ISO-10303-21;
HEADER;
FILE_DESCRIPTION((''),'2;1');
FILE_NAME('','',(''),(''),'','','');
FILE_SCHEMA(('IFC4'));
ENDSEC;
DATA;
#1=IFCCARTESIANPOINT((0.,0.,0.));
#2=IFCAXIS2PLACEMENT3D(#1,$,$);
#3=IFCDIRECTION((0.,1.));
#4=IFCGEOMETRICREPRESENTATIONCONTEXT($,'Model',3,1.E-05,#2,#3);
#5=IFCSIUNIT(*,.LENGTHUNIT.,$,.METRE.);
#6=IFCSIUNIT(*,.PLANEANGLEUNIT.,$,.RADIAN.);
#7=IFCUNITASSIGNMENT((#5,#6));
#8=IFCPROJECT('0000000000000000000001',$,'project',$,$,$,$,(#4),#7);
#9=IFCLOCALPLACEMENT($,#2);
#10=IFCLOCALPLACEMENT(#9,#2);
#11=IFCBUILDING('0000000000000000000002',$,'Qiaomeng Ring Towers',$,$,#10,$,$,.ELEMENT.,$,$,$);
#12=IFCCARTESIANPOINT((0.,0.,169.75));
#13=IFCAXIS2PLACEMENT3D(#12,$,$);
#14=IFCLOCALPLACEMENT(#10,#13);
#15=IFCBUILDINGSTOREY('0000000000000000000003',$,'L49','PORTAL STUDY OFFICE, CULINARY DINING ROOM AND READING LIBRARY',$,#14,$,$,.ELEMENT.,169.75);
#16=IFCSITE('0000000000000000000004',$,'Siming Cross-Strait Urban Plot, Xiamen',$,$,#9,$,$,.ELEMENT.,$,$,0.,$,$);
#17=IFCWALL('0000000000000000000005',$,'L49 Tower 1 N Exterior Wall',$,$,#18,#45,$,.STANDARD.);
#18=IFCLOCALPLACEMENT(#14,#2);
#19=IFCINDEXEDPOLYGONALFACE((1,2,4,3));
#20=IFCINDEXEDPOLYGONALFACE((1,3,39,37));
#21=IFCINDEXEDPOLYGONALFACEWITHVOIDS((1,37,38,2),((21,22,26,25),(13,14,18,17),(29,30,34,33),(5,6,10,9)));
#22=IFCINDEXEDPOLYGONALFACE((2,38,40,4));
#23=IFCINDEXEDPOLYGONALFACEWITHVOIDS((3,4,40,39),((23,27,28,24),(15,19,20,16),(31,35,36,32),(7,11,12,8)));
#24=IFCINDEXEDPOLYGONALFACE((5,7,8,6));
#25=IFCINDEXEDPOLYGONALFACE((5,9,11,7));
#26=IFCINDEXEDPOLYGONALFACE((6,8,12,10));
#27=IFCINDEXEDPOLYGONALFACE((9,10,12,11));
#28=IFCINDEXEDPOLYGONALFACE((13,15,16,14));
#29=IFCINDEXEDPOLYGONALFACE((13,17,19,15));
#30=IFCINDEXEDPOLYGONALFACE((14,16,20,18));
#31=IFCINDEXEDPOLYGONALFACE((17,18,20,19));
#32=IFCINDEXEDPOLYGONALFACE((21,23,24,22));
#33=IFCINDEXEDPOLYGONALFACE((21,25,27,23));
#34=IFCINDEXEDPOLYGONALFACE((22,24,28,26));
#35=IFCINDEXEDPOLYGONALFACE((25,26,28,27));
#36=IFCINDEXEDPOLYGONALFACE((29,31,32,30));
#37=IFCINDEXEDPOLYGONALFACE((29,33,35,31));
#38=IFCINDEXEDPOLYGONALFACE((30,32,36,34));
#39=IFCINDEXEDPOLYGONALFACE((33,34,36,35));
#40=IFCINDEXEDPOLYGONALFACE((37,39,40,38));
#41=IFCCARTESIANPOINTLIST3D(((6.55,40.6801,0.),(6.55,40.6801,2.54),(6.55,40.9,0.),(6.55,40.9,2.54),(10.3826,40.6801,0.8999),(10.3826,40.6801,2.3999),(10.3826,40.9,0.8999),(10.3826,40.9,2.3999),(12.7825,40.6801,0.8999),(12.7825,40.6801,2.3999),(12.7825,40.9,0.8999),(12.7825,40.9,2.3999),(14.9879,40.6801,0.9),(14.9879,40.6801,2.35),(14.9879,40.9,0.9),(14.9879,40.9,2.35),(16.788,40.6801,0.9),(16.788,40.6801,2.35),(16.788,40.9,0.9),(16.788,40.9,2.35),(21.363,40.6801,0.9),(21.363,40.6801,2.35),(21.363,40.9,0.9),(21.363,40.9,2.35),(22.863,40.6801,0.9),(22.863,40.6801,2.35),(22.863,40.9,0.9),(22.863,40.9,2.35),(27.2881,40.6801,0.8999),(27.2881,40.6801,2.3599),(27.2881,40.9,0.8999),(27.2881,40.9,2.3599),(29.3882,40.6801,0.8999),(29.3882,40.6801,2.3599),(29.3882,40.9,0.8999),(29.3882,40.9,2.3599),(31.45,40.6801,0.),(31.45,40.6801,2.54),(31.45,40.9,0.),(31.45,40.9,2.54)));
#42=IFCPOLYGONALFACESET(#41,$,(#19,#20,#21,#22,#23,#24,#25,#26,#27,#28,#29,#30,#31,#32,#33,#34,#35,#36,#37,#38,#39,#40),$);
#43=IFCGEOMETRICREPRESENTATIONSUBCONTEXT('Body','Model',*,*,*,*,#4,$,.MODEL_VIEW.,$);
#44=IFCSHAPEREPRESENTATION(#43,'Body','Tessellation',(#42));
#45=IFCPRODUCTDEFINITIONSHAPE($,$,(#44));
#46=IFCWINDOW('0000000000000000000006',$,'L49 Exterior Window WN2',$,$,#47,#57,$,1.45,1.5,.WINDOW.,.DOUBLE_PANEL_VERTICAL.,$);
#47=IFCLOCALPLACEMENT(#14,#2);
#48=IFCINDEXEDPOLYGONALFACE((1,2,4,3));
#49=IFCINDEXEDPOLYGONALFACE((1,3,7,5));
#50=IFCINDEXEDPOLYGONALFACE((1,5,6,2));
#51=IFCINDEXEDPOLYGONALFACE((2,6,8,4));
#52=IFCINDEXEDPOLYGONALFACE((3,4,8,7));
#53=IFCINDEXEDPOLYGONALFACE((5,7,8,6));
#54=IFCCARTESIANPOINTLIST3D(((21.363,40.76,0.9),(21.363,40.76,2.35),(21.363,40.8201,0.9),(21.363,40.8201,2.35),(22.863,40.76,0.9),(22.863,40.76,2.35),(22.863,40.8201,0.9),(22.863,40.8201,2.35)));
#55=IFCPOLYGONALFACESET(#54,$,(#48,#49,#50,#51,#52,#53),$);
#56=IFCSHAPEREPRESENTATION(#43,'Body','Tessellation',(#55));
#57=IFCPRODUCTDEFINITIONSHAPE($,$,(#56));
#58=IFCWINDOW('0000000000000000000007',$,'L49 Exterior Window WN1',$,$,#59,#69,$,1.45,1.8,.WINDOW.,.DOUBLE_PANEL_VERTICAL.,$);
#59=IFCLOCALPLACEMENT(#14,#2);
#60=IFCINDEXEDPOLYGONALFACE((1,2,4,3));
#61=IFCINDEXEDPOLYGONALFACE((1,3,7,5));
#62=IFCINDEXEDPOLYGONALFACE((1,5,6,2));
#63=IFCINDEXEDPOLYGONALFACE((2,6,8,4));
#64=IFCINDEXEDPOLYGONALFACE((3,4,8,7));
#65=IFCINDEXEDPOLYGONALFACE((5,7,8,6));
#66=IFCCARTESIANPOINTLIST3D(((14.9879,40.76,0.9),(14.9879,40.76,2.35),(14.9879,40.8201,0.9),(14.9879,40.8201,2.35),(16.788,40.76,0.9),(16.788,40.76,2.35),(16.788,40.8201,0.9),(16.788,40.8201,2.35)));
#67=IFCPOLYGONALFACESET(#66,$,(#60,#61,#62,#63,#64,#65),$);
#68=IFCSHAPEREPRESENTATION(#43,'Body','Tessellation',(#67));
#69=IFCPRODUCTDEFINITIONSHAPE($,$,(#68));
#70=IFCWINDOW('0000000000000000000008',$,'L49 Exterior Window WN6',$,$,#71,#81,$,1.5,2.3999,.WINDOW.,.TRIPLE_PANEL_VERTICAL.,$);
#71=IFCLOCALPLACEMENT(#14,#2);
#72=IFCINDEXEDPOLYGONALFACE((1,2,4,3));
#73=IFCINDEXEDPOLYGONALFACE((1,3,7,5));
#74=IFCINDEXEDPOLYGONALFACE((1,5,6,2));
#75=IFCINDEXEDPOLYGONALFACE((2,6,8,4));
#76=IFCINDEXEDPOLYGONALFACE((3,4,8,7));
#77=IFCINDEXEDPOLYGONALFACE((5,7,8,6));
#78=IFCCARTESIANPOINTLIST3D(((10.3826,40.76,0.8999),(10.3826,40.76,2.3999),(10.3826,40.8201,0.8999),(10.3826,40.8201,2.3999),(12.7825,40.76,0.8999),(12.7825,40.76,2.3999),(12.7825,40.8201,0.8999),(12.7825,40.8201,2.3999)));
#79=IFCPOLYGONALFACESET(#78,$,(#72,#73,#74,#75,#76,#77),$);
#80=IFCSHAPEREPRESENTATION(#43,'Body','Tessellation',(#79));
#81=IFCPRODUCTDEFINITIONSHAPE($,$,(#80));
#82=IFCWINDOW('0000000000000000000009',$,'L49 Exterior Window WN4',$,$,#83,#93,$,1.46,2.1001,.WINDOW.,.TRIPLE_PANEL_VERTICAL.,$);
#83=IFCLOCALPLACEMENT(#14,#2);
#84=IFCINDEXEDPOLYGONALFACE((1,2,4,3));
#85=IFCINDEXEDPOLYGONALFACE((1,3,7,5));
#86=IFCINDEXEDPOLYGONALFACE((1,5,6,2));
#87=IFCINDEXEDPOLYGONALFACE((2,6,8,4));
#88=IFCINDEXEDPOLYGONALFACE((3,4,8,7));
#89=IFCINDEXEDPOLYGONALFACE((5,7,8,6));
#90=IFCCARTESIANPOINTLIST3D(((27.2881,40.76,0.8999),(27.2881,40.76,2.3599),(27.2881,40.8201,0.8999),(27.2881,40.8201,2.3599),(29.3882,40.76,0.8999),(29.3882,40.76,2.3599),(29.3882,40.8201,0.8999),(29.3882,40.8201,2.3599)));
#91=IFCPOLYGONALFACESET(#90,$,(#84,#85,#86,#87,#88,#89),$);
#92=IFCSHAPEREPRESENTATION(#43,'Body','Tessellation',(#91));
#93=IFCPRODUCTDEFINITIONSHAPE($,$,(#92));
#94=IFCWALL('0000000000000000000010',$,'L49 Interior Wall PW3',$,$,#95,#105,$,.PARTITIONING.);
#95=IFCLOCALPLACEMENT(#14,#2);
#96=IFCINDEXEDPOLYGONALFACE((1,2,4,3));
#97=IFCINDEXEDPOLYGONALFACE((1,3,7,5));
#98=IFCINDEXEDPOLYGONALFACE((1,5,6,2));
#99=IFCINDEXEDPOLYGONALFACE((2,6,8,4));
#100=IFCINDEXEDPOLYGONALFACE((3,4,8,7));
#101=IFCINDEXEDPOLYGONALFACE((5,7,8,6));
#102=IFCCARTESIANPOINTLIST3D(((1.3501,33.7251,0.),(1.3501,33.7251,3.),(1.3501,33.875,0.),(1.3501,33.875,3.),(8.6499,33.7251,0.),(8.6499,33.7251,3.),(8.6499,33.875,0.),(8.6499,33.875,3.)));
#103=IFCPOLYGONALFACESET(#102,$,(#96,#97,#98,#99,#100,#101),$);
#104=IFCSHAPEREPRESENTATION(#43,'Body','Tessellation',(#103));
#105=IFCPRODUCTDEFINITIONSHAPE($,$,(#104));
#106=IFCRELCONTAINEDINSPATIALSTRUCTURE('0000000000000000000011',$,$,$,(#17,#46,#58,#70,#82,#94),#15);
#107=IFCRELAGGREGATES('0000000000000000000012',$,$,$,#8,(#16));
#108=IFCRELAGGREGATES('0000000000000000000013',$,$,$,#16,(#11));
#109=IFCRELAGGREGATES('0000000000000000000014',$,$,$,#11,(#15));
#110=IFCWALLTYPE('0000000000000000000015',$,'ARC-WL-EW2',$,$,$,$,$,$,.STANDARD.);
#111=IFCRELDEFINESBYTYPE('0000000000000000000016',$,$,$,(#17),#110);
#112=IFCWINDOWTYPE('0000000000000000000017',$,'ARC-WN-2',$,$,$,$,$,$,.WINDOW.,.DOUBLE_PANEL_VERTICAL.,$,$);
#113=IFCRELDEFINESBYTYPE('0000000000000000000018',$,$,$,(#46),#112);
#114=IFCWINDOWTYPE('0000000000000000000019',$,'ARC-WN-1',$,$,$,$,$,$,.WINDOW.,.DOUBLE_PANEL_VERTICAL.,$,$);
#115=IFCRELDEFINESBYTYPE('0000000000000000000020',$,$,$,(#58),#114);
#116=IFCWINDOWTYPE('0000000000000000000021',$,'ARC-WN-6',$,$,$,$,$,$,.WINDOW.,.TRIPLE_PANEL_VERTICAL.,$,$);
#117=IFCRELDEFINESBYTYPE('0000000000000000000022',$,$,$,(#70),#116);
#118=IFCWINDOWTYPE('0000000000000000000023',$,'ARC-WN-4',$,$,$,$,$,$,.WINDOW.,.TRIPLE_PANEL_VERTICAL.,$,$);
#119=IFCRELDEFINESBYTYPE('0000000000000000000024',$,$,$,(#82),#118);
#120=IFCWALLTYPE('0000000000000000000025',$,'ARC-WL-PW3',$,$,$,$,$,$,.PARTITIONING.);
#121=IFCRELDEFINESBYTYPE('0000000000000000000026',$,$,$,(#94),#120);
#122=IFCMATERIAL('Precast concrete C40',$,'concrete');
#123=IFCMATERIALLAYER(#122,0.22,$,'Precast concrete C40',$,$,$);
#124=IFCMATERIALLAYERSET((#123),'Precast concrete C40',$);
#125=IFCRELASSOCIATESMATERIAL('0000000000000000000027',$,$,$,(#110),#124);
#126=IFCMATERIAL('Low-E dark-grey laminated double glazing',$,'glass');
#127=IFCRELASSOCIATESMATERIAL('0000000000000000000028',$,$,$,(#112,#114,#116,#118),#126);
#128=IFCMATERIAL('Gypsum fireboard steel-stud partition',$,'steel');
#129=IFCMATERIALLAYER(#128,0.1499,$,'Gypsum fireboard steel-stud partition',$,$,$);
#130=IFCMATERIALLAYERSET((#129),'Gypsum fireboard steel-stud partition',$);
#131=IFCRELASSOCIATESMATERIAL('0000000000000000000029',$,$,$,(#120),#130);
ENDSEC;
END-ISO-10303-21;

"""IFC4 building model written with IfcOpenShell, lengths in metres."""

from ifc_helpers import new_model, si_unit, direction, frame, frame_2d, origin, place, context, subcontext, project, spatial, rectangle, extrude, source, transform, mapped, material, layer, layer_set, type_object, element, fill, save


model = new_model("IFC4")

# Units and contexts
model_context = context("Model", 3, precision=1e-05, world=origin(), true_north=direction((0.0, 1.0)))
body_context = subcontext(model_context, "Body", "Model", "MODEL_VIEW")
ifc_project = project(units=[si_unit("LENGTHUNIT", "METRE"), si_unit("PLANEANGLEUNIT", "RADIAN")], contexts=[model_context])

# Site, building, storey
site_placement = place(None, origin())
site = spatial("IfcSite", under=ifc_project, at=site_placement, Name="Siming Cross-Strait Urban Plot, Xiamen", CompositionType="ELEMENT", RefElevation=0.0)
building_placement = place(site_placement, origin())
building = spatial("IfcBuilding", under=site, at=building_placement, Name="Qiaomeng Ring Towers", CompositionType="ELEMENT")
storey_placement = place(building_placement, frame((0.0, 0.0, 169.75)))
storey = spatial("IfcBuildingStorey", under=building, at=storey_placement, Name="L49", Description="PORTAL STUDY OFFICE, CULINARY DINING ROOM AND READING LIBRARY", CompositionType="ELEMENT", Elevation=169.75)

# Shared definitions
ifc_material_1 = material(Name="Low-E dark-grey laminated double glazing", Category="glass")

# Wall, openings, windows
ifc_material_2 = material(Name="Precast concrete C40", Category="concrete")
ifc_layer_1 = layer(ifc_material_2, 0.22, Name="Precast concrete C40")
ifc_layer_set_1 = layer_set([ifc_layer_1], Name="Precast concrete C40")
wall_type_1 = type_object("IfcWallType", Name="ARC-WL-EW2", PredefinedType="STANDARD", material=ifc_layer_set_1)
wall_1_placement = place(storey_placement, frame((6.55, 40.79, 0.0), z_axis=(0.0, 0.0, 1.0), x_axis=(1.0, 0.0, 0.0)))
wall_1 = element("IfcWall", 1, at=wall_1_placement, inside=storey, type_object=wall_type_1, Name="L49 Tower 1 N Exterior Wall", PredefinedType="STANDARD", context=body_context, shape_type="SweptSolid", body=[
    extrude(rectangle(XDim=24.8999, YDim=0.22, at=frame_2d((12.45, 0.0))), origin(), (0.0, 0.0, 1.0), 2.54),
])
opening_1_placement = place(wall_1_placement, frame((3.8325, 0.0, 0.8999)))
opening_1 = element("IfcOpeningElement", 2, at=opening_1_placement, cuts=wall_1, PredefinedType="OPENING", context=body_context, shape_type="SweptSolid", body=[
    extrude(rectangle(XDim=2.3999, YDim=1.5, at=frame_2d((1.2, 0.75))), frame((0.0, 0.1199, 0.0), z_axis=(0.0, -1.0, 0.0), x_axis=(1.0, 0.0, 0.0)), (0.0, 0.0, 1.0), 0.24),
])
opening_2_placement = place(wall_1_placement, frame((8.438, 0.0, 0.8999)))
opening_2 = element("IfcOpeningElement", 3, at=opening_2_placement, cuts=wall_1, PredefinedType="OPENING", context=body_context, shape_type="SweptSolid", body=[
    extrude(rectangle(XDim=1.8, YDim=1.45, at=frame_2d((0.8999, 0.7251))), frame((0.0, 0.1199, 0.0), z_axis=(0.0, -1.0, 0.0), x_axis=(1.0, 0.0, 0.0)), (0.0, 0.0, 1.0), 0.24),
])
opening_3_placement = place(wall_1_placement, frame((14.813, 0.0, 0.8999)))
opening_3 = element("IfcOpeningElement", 4, at=opening_3_placement, cuts=wall_1, PredefinedType="OPENING", context=body_context, shape_type="SweptSolid", body=[
    extrude(rectangle(XDim=1.5, YDim=1.45, at=frame_2d((0.75, 0.7251))), frame((0.0, 0.1199, 0.0), z_axis=(0.0, -1.0, 0.0), x_axis=(1.0, 0.0, 0.0)), (0.0, 0.0, 1.0), 0.24),
])
opening_4_placement = place(wall_1_placement, frame((20.738, 0.0, 0.8999)))
opening_4 = element("IfcOpeningElement", 5, at=opening_4_placement, cuts=wall_1, PredefinedType="OPENING", context=body_context, shape_type="SweptSolid", body=[
    extrude(rectangle(XDim=2.1001, YDim=1.46, at=frame_2d((1.05, 0.73))), frame((0.0, 0.1199, 0.0), z_axis=(0.0, -1.0, 0.0), x_axis=(1.0, 0.0, 0.0)), (0.0, 0.0, 1.0), 0.24),
])
window_type_1 = type_object("IfcWindowType", Name="ARC-WN-2", PartitioningType="DOUBLE_PANEL_VERTICAL", PredefinedType="WINDOW", material=ifc_material_1)
shared_shape_1 = source(origin(), body_context, "Body", "SweptSolid", [
    extrude(rectangle(XDim=1.5, YDim=1.45, at=frame_2d((0.75, 0.7251))), frame((0.0, 0.03, 0.0), z_axis=(0.0, -1.0, 0.0), x_axis=(1.0, 0.0, 0.0)), (0.0, 0.0, 1.0), 0.0601),
])
window_1_placement = place(opening_3_placement, origin())
window_1 = element("IfcWindow", 6, at=window_1_placement, inside=storey, type_object=window_type_1, Name="L49 Exterior Window WN2", OverallHeight=1.45, OverallWidth=1.5, PartitioningType="DOUBLE_PANEL_VERTICAL", PredefinedType="WINDOW", context=body_context, shape_type="MappedRepresentation", body=[
    mapped(shared_shape_1, transform((0.0, 0.0, 0.0), x_axis=(1.0, 0.0, 0.0), y_axis=(0.0, 1.0, 0.0), z_axis=(0.0, 0.0, 1.0), scale=1.0)),
])
fill(opening_3, window_1)
window_type_2 = type_object("IfcWindowType", Name="ARC-WN-1", PartitioningType="DOUBLE_PANEL_VERTICAL", PredefinedType="WINDOW", material=ifc_material_1)
shared_shape_2 = source(origin(), body_context, "Body", "SweptSolid", [
    extrude(rectangle(XDim=1.8, YDim=1.45, at=frame_2d((0.8999, 0.7251))), frame((0.0, 0.03, 0.0), z_axis=(0.0, -1.0, 0.0), x_axis=(1.0, 0.0, 0.0)), (0.0, 0.0, 1.0), 0.0601),
])
window_2_placement = place(opening_2_placement, origin())
window_2 = element("IfcWindow", 7, at=window_2_placement, inside=storey, type_object=window_type_2, Name="L49 Exterior Window WN1", OverallHeight=1.45, OverallWidth=1.8, PartitioningType="DOUBLE_PANEL_VERTICAL", PredefinedType="WINDOW", context=body_context, shape_type="MappedRepresentation", body=[
    mapped(shared_shape_2, transform((0.0, 0.0, 0.0), x_axis=(1.0, 0.0, 0.0), y_axis=(0.0, 1.0, 0.0), z_axis=(0.0, 0.0, 1.0), scale=1.0)),
])
fill(opening_2, window_2)
window_type_3 = type_object("IfcWindowType", Name="ARC-WN-6", PartitioningType="TRIPLE_PANEL_VERTICAL", PredefinedType="WINDOW", material=ifc_material_1)
shared_shape_3 = source(origin(), body_context, "Body", "SweptSolid", [
    extrude(rectangle(XDim=2.3999, YDim=1.5, at=frame_2d((1.2, 0.75))), frame((0.0, 0.03, 0.0), z_axis=(0.0, -1.0, 0.0), x_axis=(1.0, 0.0, 0.0)), (0.0, 0.0, 1.0), 0.0601),
])
window_3_placement = place(opening_1_placement, origin())
window_3 = element("IfcWindow", 8, at=window_3_placement, inside=storey, type_object=window_type_3, Name="L49 Exterior Window WN6", OverallHeight=1.5, OverallWidth=2.3999, PartitioningType="TRIPLE_PANEL_VERTICAL", PredefinedType="WINDOW", context=body_context, shape_type="MappedRepresentation", body=[
    mapped(shared_shape_3, transform((0.0, 0.0, 0.0), x_axis=(1.0, 0.0, 0.0), y_axis=(0.0, 1.0, 0.0), z_axis=(0.0, 0.0, 1.0), scale=1.0)),
])
fill(opening_1, window_3)
window_type_4 = type_object("IfcWindowType", Name="ARC-WN-4", PartitioningType="TRIPLE_PANEL_VERTICAL", PredefinedType="WINDOW", material=ifc_material_1)
shared_shape_4 = source(origin(), body_context, "Body", "SweptSolid", [
    extrude(rectangle(XDim=2.1001, YDim=1.46, at=frame_2d((1.05, 0.73))), frame((0.0, 0.03, 0.0), z_axis=(0.0, -1.0, 0.0), x_axis=(1.0, 0.0, 0.0)), (0.0, 0.0, 1.0), 0.0601),
])
window_4_placement = place(opening_4_placement, origin())
window_4 = element("IfcWindow", 9, at=window_4_placement, inside=storey, type_object=window_type_4, Name="L49 Exterior Window WN4", OverallHeight=1.46, OverallWidth=2.1001, PartitioningType="TRIPLE_PANEL_VERTICAL", PredefinedType="WINDOW", context=body_context, shape_type="MappedRepresentation", body=[
    mapped(shared_shape_4, transform((0.0, 0.0, 0.0), x_axis=(1.0, 0.0, 0.0), y_axis=(0.0, 1.0, 0.0), z_axis=(0.0, 0.0, 1.0), scale=1.0)),
])
fill(opening_4, window_4)

# Wall
ifc_material_3 = material(Name="Gypsum fireboard steel-stud partition", Category="steel")
ifc_layer_2 = layer(ifc_material_3, 0.1499, Name="Gypsum fireboard steel-stud partition")
ifc_layer_set_2 = layer_set([ifc_layer_2], Name="Gypsum fireboard steel-stud partition")
wall_type_2 = type_object("IfcWallType", Name="ARC-WL-PW3", PredefinedType="PARTITIONING", material=ifc_layer_set_2)
wall_2_placement = place(storey_placement, frame((1.3501, 33.8, 0.0), z_axis=(0.0, 0.0, 1.0), x_axis=(1.0, 0.0, 0.0)))
element("IfcWall", 10, at=wall_2_placement, inside=storey, type_object=wall_type_2, Name="L49 Interior Wall PW3", PredefinedType="PARTITIONING", context=body_context, shape_type="SweptSolid", body=[
    extrude(rectangle(XDim=7.2998, YDim=0.1499, at=frame_2d((3.6499, 0.0))), origin(), (0.0, 0.0, 1.0), 3.0),
])

save(model, "model.ifc")
